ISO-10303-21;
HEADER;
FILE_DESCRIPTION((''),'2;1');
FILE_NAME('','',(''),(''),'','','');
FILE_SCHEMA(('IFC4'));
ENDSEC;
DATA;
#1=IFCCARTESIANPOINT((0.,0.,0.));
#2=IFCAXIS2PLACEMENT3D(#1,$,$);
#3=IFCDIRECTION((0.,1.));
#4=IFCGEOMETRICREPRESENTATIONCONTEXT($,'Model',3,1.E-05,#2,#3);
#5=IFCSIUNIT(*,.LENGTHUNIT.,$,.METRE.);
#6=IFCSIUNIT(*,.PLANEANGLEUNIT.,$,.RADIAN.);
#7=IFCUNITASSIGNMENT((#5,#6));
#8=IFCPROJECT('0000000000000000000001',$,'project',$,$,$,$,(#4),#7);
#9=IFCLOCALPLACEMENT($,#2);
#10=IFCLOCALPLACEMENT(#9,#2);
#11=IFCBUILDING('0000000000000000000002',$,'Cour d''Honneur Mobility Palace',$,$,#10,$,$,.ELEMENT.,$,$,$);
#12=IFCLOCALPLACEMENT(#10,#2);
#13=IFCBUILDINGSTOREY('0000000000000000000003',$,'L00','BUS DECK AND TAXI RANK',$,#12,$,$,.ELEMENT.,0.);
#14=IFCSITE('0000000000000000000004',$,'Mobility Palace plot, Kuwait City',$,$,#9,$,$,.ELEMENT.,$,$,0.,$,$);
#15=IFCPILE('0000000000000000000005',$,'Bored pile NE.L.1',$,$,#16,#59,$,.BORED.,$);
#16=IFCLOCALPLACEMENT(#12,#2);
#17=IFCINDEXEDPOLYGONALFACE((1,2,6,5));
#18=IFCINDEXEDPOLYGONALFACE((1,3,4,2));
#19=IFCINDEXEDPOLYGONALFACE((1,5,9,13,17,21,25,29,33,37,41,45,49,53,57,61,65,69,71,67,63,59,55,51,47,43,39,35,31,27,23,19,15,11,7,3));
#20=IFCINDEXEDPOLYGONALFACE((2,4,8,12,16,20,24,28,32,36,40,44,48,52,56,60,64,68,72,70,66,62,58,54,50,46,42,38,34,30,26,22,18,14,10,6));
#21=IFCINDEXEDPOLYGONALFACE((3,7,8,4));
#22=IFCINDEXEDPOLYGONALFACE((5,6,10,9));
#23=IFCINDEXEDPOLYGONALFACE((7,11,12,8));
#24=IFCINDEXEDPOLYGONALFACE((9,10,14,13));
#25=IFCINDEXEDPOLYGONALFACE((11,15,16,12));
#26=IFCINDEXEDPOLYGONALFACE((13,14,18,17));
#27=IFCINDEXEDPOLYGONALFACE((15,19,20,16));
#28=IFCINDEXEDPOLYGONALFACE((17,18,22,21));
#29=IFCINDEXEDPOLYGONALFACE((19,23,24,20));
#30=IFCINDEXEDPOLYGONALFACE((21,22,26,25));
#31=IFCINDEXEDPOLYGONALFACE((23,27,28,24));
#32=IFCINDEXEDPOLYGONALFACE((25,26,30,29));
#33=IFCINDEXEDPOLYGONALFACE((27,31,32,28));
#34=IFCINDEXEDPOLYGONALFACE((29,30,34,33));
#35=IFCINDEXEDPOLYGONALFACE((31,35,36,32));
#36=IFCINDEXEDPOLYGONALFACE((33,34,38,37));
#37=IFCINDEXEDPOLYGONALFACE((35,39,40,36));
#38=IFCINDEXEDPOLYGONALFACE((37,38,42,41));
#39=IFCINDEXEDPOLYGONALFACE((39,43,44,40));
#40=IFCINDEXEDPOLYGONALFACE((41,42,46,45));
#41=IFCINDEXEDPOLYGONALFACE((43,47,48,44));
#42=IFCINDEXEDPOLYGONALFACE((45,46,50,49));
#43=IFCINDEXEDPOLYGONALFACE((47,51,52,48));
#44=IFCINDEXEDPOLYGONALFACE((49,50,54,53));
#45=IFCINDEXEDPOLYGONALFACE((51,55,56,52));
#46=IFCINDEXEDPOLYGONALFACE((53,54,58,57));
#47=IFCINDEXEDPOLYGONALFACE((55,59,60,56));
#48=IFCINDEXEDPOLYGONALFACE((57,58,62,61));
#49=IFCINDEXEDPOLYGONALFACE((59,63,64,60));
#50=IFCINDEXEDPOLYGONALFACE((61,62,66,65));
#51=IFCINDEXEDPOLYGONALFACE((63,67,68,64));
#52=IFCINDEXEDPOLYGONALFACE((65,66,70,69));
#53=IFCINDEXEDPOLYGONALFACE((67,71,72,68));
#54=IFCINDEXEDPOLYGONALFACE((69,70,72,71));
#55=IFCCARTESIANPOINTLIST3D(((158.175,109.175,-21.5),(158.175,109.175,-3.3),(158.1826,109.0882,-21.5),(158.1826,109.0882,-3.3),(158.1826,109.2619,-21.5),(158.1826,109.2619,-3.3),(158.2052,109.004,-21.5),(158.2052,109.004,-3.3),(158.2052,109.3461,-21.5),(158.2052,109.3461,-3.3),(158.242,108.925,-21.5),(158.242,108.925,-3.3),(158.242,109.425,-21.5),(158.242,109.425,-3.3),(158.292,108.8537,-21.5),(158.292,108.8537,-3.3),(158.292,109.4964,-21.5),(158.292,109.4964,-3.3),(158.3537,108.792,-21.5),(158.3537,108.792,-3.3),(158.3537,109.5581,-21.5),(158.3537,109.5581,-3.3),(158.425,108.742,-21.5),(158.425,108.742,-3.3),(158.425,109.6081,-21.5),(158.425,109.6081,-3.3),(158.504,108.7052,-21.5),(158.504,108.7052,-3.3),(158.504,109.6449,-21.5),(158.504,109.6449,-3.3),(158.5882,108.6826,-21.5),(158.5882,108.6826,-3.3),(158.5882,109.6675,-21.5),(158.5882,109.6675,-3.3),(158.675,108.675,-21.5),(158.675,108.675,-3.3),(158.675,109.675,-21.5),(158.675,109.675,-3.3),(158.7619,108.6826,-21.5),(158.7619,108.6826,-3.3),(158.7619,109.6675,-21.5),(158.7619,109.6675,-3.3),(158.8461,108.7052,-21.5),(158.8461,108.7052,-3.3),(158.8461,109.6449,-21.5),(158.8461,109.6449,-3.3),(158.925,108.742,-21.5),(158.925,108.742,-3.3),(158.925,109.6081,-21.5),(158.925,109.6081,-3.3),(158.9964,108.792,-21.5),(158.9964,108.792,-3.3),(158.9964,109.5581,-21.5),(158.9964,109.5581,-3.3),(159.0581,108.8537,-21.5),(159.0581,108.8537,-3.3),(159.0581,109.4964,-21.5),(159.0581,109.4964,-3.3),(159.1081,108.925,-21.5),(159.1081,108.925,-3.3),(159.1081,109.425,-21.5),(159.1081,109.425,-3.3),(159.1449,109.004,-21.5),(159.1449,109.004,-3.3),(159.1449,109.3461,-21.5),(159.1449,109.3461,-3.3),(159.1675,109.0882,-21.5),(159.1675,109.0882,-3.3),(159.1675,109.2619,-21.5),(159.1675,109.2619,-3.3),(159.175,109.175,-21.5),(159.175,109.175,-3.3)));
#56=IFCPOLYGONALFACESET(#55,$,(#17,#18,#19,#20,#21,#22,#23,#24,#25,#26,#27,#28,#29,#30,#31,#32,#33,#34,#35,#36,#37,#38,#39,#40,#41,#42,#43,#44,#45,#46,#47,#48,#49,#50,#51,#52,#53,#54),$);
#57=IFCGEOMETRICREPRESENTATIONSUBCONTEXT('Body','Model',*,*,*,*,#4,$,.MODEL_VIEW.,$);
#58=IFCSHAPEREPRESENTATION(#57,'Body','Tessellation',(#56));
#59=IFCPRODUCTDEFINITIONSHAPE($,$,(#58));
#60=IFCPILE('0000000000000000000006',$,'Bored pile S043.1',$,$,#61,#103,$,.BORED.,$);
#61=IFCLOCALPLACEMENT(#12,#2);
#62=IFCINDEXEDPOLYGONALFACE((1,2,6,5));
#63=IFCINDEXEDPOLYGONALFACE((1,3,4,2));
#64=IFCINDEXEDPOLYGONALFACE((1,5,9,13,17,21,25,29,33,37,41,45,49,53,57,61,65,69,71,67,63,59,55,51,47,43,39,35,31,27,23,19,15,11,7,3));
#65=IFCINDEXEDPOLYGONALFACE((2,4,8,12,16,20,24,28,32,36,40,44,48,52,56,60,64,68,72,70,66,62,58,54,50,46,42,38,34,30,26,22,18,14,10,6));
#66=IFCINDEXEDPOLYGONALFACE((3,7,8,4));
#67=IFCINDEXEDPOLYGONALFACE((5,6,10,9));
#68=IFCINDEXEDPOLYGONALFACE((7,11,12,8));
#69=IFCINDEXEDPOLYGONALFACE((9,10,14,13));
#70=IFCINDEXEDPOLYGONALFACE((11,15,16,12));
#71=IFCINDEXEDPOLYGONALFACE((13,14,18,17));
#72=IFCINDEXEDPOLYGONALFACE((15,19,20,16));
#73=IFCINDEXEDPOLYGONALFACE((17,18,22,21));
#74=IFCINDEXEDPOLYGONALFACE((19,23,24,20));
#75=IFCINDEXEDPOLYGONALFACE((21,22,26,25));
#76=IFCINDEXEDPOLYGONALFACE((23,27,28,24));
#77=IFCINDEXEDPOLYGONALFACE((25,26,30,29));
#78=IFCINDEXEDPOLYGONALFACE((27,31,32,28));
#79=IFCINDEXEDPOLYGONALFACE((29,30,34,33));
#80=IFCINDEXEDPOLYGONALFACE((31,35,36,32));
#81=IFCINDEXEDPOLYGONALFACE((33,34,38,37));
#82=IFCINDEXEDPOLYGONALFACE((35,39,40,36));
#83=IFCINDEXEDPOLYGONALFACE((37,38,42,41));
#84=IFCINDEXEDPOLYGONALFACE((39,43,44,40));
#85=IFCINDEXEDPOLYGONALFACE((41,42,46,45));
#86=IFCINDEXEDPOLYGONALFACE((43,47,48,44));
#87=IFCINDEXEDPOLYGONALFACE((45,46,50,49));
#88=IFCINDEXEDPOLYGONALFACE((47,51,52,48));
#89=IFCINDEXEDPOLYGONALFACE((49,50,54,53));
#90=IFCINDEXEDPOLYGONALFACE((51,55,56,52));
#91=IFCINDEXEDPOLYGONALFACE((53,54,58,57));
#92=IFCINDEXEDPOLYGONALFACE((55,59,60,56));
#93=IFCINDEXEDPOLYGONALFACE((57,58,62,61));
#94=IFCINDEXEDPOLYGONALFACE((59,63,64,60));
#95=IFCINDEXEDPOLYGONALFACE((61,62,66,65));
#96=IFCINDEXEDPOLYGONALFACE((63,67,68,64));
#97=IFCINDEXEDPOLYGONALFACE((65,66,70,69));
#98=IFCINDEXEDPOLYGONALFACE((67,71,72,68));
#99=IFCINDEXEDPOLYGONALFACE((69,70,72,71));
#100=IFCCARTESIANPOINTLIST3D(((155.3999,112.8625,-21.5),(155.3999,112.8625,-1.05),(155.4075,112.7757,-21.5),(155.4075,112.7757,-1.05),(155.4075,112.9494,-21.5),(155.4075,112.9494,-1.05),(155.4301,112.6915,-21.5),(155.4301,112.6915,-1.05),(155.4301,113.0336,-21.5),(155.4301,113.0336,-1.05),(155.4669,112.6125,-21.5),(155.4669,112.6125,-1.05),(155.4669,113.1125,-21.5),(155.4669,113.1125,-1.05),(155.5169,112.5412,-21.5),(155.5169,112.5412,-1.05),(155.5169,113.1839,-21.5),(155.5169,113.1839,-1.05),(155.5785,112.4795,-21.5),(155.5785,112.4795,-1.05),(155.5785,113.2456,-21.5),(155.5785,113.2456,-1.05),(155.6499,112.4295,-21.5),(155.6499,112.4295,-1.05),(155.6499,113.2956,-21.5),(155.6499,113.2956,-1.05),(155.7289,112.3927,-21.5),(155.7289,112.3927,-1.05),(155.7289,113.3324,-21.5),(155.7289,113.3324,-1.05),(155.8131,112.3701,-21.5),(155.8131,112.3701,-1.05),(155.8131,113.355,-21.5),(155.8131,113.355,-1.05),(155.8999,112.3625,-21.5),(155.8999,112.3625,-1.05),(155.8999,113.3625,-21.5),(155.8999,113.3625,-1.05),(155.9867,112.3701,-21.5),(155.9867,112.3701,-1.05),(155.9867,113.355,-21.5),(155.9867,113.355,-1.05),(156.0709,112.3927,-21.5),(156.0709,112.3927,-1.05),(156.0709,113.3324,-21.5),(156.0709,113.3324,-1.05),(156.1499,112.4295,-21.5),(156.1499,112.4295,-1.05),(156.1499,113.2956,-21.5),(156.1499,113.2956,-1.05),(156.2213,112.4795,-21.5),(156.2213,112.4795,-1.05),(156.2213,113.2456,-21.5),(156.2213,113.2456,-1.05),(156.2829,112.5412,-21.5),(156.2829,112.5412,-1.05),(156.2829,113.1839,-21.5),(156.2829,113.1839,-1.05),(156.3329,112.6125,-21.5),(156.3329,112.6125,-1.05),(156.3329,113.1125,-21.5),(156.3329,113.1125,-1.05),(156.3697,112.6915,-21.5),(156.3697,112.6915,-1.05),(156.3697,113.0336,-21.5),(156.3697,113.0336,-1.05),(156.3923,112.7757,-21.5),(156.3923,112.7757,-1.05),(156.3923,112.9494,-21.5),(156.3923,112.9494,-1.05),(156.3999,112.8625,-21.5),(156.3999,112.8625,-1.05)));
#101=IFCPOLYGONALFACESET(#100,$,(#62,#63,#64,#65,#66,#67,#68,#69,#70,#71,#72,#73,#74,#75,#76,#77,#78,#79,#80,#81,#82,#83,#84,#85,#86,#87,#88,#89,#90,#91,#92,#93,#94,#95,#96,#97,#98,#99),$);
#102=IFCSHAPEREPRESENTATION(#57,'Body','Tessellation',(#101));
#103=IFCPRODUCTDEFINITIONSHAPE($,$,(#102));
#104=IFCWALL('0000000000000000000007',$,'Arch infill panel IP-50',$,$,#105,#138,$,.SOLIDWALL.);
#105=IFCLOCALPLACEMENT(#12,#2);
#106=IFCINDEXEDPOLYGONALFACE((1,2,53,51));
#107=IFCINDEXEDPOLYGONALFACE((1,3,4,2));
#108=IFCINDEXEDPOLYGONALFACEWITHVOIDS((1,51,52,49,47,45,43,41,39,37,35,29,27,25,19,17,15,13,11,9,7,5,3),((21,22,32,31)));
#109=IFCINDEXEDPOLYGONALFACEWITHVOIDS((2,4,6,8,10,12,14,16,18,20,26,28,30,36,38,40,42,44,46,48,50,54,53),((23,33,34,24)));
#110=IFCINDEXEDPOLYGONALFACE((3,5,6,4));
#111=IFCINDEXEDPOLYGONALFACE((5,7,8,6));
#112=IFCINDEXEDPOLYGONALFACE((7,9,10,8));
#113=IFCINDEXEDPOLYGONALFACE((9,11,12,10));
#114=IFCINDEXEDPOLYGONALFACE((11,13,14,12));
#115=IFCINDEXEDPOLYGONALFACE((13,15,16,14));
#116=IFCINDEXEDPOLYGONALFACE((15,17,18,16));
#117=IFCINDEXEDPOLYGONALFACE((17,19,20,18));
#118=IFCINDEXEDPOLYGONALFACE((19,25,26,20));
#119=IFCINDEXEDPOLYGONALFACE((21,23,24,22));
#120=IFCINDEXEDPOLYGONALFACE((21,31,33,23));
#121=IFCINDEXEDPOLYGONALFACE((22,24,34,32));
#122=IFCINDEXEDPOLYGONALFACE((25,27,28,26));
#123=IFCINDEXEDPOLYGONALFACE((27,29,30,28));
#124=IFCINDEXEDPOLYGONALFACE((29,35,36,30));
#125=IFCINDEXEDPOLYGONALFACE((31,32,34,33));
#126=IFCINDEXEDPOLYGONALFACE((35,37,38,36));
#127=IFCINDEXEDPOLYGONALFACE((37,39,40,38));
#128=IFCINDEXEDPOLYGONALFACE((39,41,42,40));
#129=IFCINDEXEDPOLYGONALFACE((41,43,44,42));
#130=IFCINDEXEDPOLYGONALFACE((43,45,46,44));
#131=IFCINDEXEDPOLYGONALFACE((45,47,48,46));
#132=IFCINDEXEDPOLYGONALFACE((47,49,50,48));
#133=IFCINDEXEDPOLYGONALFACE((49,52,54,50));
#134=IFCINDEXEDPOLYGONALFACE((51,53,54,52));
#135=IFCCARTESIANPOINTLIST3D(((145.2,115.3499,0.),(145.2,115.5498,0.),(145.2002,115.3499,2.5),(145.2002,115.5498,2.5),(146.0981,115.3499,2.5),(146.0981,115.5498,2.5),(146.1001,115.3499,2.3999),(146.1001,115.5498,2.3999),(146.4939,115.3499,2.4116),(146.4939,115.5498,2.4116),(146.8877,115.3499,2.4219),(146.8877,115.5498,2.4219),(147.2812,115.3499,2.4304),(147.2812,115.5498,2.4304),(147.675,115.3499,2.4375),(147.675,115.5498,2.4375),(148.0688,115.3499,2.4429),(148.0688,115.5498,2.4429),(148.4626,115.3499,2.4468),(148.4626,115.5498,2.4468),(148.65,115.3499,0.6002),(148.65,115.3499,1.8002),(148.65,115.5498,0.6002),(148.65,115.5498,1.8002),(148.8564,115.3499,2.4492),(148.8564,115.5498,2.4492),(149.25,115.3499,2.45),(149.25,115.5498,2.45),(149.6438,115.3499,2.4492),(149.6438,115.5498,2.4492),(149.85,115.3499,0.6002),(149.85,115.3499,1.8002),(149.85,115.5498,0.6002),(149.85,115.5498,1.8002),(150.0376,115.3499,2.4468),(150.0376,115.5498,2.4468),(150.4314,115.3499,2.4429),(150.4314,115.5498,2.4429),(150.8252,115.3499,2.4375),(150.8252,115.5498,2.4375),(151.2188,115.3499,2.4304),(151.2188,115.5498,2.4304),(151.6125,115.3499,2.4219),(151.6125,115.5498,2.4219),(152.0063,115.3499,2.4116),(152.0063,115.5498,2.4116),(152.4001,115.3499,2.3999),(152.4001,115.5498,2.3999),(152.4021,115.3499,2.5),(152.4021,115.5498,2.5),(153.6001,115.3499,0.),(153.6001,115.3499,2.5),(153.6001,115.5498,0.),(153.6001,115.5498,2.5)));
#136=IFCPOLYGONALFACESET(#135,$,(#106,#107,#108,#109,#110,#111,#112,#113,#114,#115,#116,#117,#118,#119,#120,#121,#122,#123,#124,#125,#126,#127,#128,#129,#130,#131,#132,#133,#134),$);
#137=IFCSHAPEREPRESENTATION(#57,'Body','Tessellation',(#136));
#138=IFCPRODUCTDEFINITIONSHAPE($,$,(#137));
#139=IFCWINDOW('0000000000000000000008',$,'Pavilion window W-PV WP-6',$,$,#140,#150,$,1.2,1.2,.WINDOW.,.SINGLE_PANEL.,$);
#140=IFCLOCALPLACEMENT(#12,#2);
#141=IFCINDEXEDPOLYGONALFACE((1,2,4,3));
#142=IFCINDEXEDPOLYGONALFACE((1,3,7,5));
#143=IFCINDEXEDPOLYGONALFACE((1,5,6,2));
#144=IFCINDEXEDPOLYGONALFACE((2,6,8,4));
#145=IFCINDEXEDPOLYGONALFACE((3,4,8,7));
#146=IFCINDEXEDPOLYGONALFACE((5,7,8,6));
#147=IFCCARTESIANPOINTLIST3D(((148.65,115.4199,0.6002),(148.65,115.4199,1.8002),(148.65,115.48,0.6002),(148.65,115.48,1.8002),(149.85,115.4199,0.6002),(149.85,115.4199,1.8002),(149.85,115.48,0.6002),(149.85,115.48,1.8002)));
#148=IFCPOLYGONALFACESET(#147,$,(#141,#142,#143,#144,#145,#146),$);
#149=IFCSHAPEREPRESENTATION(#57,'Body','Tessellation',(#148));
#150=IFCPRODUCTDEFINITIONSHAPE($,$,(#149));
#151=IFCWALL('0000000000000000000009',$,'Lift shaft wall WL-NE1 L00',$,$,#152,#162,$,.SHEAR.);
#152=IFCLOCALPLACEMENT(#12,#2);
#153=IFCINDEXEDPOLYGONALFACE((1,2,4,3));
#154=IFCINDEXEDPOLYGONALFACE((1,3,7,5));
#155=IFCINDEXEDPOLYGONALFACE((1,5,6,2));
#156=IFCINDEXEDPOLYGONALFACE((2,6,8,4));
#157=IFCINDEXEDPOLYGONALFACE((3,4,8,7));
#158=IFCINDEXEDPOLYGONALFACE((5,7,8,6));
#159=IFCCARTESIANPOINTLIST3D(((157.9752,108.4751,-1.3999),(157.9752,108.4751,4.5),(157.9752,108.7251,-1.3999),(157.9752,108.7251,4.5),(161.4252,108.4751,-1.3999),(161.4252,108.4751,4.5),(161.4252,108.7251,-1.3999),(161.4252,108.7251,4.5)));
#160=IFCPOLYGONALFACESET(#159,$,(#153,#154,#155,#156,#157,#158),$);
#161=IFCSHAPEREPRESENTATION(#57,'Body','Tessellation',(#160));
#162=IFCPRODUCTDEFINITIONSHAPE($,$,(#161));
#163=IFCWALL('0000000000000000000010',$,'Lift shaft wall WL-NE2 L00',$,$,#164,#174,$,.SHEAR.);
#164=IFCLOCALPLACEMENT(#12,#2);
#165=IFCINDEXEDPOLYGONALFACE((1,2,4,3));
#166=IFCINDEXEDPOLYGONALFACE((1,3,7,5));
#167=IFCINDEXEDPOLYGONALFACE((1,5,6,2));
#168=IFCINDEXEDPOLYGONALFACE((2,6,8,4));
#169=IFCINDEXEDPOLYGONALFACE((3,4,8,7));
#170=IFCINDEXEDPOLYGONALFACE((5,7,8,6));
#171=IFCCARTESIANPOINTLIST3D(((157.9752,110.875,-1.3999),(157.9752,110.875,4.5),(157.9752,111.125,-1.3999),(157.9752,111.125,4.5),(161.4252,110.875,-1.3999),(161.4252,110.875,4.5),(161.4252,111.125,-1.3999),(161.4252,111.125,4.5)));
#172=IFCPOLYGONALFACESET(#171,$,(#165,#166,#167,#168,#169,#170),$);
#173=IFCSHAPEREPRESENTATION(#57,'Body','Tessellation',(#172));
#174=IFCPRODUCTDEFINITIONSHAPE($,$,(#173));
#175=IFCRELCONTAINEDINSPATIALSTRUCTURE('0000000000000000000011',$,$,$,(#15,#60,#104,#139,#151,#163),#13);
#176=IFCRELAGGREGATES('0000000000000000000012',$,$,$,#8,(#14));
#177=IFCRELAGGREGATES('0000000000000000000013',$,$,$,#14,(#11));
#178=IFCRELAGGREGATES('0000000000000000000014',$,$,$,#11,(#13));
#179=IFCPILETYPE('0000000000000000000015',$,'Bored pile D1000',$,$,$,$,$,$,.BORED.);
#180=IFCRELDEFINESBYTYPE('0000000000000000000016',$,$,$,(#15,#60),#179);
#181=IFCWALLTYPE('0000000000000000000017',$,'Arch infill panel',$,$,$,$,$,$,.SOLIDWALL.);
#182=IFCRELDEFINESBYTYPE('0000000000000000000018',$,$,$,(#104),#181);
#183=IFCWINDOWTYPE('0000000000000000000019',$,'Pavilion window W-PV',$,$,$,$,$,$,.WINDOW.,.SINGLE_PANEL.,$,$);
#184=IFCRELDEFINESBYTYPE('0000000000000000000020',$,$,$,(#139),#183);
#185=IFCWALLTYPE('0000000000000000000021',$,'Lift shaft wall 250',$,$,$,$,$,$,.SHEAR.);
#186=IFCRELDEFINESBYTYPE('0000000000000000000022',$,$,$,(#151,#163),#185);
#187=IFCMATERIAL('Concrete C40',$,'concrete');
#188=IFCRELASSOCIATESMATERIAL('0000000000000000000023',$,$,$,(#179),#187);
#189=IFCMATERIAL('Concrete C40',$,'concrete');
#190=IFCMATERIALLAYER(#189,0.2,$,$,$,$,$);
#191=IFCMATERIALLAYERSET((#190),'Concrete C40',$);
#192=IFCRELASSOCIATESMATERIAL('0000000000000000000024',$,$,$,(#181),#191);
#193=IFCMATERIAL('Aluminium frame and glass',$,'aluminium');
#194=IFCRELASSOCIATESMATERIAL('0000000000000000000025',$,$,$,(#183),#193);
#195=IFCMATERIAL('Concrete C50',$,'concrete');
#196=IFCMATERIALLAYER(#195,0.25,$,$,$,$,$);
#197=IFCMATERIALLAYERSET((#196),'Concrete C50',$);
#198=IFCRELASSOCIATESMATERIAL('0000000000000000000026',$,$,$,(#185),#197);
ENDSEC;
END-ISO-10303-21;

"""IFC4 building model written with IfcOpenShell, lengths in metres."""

from ifc_helpers import new_model, si_unit, direction, frame, frame_2d, origin, origin_2d, place, context, subcontext, project, spatial, polyline, rectangle, circle, outline, extrude, material, layer, layer_set, material_profile, profile_set, type_object, element, fill, save


model = new_model("IFC4")

# Units and contexts
model_context = context("Model", 3, precision=1e-05, world=origin(), true_north=direction((0.0, 1.0)))
body_context = subcontext(model_context, "Body", "Model", "MODEL_VIEW")
ifc_project = project(units=[si_unit("LENGTHUNIT", "METRE"), si_unit("PLANEANGLEUNIT", "RADIAN")], contexts=[model_context])

# Site, building, storey
site_placement = place(None, origin())
site = spatial("IfcSite", under=ifc_project, at=site_placement, Name="Mobility Palace plot, Kuwait City", CompositionType="ELEMENT", RefElevation=0.0)
building_placement = place(site_placement, origin())
building = spatial("IfcBuilding", under=site, at=building_placement, Name="Cour d'Honneur Mobility Palace", CompositionType="ELEMENT")
storey_placement = place(building_placement, origin())
storey = spatial("IfcBuildingStorey", under=building, at=storey_placement, Name="L00", Description="BUS DECK AND TAXI RANK", CompositionType="ELEMENT", Elevation=0.0)

# Piles
ifc_material_1 = material(Name="Concrete C40", Category="concrete")
ifc_material_profile = material_profile(ifc_material_1, circle(Radius=0.5, at=origin_2d()), Name="Bored pile D1000")
ifc_profile_set = profile_set([ifc_material_profile], Name="Concrete C40")
pile_type = type_object("IfcPileType", Name="Bored pile D1000", PredefinedType="BORED", material=ifc_profile_set)
pile_1_placement = place(storey_placement, frame((158.675, 109.175, -3.3), z_axis=(0.0, 0.0, -1.0), x_axis=(1.0, 0.0, 0.0)))
element("IfcPile", 1, at=pile_1_placement, inside=storey, type_object=pile_type, Name="Bored pile NE.L.1", PredefinedType="BORED", context=body_context, shape_type="SweptSolid", body=[
    extrude(circle(Radius=0.5, at=origin_2d()), origin(), (0.0, 0.0, 1.0), 18.2),
])
pile_2_placement = place(storey_placement, frame((155.8999, 112.8625, -1.05), z_axis=(0.0, 0.0, -1.0), x_axis=(1.0, 0.0, 0.0)))
element("IfcPile", 2, at=pile_2_placement, inside=storey, type_object=pile_type, Name="Bored pile S043.1", PredefinedType="BORED", context=body_context, shape_type="SweptSolid", body=[
    extrude(circle(Radius=0.5, at=origin_2d()), origin(), (0.0, 0.0, 1.0), 20.45),
])

# Wall, opening, window
ifc_material_2 = material(Name="Concrete C40", Category="concrete")
ifc_layer_1 = layer(ifc_material_2, 0.2)
ifc_layer_set_1 = layer_set([ifc_layer_1], Name="Concrete C40")
wall_type_1 = type_object("IfcWallType", Name="Arch infill panel", PredefinedType="SOLIDWALL", material=ifc_layer_set_1)
wall_1_placement = place(storey_placement, frame((153.6001, 115.45, 0.0), z_axis=(0.0, 0.0, 1.0), x_axis=(-1.0, 0.0, 0.0)))
wall_1 = element("IfcWall", 3, at=wall_1_placement, inside=storey, type_object=wall_type_1, Name="Arch infill panel IP-50", PredefinedType="SOLIDWALL", context=body_context, shape_type="SweptSolid", body=[
    extrude(outline(polyline([(0.0, 0.0), (8.4001, 0.0), (8.3999, 2.5), (7.502, 2.5), (7.5, 2.3999), (7.1062, 2.4116), (6.7124, 2.4219), (6.3188, 2.4304), (5.925, 2.4375), (5.5312, 2.4429), (5.1375, 2.4468), (4.7437, 2.4492), (4.3501, 2.45), (3.9563, 2.4492), (3.5625, 2.4468), (3.1687, 2.4429), (2.7749, 2.4375), (2.3813, 2.4304), (1.9875, 2.4219), (1.5938, 2.4116), (1.2, 2.3999), (1.198, 2.5), (0.0, 2.5), (0.0, 0.0)])), frame((0.0, 0.1001, 0.0), z_axis=(0.0, -1.0, 0.0), x_axis=(1.0, 0.0, 0.0)), (0.0, 0.0, 1.0), 0.2),
])
opening_1_placement = place(wall_1_placement, frame((3.75, 0.0, 0.6001)))
opening_1 = element("IfcOpeningElement", 4, at=opening_1_placement, cuts=wall_1, PredefinedType="OPENING", context=body_context, shape_type="SweptSolid", body=[
    extrude(rectangle(XDim=1.2, YDim=1.2, at=frame_2d((0.6001, 0.6001))), frame((0.0, 0.1099, 0.0), z_axis=(0.0, -1.0, 0.0), x_axis=(1.0, 0.0, 0.0)), (0.0, 0.0, 1.0), 0.22),
])
ifc_material_3 = material(Name="Aluminium frame and glass", Category="aluminium")
window_type = type_object("IfcWindowType", Name="Pavilion window W-PV", PartitioningType="SINGLE_PANEL", PredefinedType="WINDOW", material=ifc_material_3)
window_placement = place(opening_1_placement, origin())
window = element("IfcWindow", 5, at=window_placement, inside=storey, type_object=window_type, Name="Pavilion window W-PV WP-6", OverallHeight=1.2, OverallWidth=1.2, PartitioningType="SINGLE_PANEL", PredefinedType="WINDOW", context=body_context, shape_type="SweptSolid", body=[
    extrude(rectangle(XDim=1.2, YDim=1.2, at=frame_2d((0.6001, 0.6001))), frame((0.0, 0.03, 0.0), z_axis=(0.0, -1.0, 0.0), x_axis=(1.0, 0.0, 0.0)), (0.0, 0.0, 1.0), 0.0601),
])
fill(opening_1, window)

# Walls
ifc_material_4 = material(Name="Concrete C50", Category="concrete")
ifc_layer_2 = layer(ifc_material_4, 0.25)
ifc_layer_set_2 = layer_set([ifc_layer_2], Name="Concrete C50")
wall_type_2 = type_object("IfcWallType", Name="Lift shaft wall 250", PredefinedType="SHEAR", material=ifc_layer_set_2)
for number, where, z_axis, x_axis, name in (
    (6, (157.9751, 108.6001, -1.3999), (0.0, 0.0, 1.0), (1.0, 0.0, 0.0), "Lift shaft wall WL-NE1 L00"),
    (7, (157.9751, 111.0, -1.3999), (0.0, 0.0, 1.0), (1.0, 0.0, 0.0), "Lift shaft wall WL-NE2 L00"),
):
    element("IfcWall", number, at=place(storey_placement, frame(where, z_axis=z_axis, x_axis=x_axis)), inside=storey, type_object=wall_type_2, Name=name, PredefinedType="SHEAR", context=body_context, shape_type="SweptSolid", body=[
        extrude(rectangle(XDim=3.45, YDim=0.25, at=frame_2d((1.7251, 0.0))), origin(), (0.0, 0.0, 1.0), 5.8999),
    ])

save(model, "model.ifc")
